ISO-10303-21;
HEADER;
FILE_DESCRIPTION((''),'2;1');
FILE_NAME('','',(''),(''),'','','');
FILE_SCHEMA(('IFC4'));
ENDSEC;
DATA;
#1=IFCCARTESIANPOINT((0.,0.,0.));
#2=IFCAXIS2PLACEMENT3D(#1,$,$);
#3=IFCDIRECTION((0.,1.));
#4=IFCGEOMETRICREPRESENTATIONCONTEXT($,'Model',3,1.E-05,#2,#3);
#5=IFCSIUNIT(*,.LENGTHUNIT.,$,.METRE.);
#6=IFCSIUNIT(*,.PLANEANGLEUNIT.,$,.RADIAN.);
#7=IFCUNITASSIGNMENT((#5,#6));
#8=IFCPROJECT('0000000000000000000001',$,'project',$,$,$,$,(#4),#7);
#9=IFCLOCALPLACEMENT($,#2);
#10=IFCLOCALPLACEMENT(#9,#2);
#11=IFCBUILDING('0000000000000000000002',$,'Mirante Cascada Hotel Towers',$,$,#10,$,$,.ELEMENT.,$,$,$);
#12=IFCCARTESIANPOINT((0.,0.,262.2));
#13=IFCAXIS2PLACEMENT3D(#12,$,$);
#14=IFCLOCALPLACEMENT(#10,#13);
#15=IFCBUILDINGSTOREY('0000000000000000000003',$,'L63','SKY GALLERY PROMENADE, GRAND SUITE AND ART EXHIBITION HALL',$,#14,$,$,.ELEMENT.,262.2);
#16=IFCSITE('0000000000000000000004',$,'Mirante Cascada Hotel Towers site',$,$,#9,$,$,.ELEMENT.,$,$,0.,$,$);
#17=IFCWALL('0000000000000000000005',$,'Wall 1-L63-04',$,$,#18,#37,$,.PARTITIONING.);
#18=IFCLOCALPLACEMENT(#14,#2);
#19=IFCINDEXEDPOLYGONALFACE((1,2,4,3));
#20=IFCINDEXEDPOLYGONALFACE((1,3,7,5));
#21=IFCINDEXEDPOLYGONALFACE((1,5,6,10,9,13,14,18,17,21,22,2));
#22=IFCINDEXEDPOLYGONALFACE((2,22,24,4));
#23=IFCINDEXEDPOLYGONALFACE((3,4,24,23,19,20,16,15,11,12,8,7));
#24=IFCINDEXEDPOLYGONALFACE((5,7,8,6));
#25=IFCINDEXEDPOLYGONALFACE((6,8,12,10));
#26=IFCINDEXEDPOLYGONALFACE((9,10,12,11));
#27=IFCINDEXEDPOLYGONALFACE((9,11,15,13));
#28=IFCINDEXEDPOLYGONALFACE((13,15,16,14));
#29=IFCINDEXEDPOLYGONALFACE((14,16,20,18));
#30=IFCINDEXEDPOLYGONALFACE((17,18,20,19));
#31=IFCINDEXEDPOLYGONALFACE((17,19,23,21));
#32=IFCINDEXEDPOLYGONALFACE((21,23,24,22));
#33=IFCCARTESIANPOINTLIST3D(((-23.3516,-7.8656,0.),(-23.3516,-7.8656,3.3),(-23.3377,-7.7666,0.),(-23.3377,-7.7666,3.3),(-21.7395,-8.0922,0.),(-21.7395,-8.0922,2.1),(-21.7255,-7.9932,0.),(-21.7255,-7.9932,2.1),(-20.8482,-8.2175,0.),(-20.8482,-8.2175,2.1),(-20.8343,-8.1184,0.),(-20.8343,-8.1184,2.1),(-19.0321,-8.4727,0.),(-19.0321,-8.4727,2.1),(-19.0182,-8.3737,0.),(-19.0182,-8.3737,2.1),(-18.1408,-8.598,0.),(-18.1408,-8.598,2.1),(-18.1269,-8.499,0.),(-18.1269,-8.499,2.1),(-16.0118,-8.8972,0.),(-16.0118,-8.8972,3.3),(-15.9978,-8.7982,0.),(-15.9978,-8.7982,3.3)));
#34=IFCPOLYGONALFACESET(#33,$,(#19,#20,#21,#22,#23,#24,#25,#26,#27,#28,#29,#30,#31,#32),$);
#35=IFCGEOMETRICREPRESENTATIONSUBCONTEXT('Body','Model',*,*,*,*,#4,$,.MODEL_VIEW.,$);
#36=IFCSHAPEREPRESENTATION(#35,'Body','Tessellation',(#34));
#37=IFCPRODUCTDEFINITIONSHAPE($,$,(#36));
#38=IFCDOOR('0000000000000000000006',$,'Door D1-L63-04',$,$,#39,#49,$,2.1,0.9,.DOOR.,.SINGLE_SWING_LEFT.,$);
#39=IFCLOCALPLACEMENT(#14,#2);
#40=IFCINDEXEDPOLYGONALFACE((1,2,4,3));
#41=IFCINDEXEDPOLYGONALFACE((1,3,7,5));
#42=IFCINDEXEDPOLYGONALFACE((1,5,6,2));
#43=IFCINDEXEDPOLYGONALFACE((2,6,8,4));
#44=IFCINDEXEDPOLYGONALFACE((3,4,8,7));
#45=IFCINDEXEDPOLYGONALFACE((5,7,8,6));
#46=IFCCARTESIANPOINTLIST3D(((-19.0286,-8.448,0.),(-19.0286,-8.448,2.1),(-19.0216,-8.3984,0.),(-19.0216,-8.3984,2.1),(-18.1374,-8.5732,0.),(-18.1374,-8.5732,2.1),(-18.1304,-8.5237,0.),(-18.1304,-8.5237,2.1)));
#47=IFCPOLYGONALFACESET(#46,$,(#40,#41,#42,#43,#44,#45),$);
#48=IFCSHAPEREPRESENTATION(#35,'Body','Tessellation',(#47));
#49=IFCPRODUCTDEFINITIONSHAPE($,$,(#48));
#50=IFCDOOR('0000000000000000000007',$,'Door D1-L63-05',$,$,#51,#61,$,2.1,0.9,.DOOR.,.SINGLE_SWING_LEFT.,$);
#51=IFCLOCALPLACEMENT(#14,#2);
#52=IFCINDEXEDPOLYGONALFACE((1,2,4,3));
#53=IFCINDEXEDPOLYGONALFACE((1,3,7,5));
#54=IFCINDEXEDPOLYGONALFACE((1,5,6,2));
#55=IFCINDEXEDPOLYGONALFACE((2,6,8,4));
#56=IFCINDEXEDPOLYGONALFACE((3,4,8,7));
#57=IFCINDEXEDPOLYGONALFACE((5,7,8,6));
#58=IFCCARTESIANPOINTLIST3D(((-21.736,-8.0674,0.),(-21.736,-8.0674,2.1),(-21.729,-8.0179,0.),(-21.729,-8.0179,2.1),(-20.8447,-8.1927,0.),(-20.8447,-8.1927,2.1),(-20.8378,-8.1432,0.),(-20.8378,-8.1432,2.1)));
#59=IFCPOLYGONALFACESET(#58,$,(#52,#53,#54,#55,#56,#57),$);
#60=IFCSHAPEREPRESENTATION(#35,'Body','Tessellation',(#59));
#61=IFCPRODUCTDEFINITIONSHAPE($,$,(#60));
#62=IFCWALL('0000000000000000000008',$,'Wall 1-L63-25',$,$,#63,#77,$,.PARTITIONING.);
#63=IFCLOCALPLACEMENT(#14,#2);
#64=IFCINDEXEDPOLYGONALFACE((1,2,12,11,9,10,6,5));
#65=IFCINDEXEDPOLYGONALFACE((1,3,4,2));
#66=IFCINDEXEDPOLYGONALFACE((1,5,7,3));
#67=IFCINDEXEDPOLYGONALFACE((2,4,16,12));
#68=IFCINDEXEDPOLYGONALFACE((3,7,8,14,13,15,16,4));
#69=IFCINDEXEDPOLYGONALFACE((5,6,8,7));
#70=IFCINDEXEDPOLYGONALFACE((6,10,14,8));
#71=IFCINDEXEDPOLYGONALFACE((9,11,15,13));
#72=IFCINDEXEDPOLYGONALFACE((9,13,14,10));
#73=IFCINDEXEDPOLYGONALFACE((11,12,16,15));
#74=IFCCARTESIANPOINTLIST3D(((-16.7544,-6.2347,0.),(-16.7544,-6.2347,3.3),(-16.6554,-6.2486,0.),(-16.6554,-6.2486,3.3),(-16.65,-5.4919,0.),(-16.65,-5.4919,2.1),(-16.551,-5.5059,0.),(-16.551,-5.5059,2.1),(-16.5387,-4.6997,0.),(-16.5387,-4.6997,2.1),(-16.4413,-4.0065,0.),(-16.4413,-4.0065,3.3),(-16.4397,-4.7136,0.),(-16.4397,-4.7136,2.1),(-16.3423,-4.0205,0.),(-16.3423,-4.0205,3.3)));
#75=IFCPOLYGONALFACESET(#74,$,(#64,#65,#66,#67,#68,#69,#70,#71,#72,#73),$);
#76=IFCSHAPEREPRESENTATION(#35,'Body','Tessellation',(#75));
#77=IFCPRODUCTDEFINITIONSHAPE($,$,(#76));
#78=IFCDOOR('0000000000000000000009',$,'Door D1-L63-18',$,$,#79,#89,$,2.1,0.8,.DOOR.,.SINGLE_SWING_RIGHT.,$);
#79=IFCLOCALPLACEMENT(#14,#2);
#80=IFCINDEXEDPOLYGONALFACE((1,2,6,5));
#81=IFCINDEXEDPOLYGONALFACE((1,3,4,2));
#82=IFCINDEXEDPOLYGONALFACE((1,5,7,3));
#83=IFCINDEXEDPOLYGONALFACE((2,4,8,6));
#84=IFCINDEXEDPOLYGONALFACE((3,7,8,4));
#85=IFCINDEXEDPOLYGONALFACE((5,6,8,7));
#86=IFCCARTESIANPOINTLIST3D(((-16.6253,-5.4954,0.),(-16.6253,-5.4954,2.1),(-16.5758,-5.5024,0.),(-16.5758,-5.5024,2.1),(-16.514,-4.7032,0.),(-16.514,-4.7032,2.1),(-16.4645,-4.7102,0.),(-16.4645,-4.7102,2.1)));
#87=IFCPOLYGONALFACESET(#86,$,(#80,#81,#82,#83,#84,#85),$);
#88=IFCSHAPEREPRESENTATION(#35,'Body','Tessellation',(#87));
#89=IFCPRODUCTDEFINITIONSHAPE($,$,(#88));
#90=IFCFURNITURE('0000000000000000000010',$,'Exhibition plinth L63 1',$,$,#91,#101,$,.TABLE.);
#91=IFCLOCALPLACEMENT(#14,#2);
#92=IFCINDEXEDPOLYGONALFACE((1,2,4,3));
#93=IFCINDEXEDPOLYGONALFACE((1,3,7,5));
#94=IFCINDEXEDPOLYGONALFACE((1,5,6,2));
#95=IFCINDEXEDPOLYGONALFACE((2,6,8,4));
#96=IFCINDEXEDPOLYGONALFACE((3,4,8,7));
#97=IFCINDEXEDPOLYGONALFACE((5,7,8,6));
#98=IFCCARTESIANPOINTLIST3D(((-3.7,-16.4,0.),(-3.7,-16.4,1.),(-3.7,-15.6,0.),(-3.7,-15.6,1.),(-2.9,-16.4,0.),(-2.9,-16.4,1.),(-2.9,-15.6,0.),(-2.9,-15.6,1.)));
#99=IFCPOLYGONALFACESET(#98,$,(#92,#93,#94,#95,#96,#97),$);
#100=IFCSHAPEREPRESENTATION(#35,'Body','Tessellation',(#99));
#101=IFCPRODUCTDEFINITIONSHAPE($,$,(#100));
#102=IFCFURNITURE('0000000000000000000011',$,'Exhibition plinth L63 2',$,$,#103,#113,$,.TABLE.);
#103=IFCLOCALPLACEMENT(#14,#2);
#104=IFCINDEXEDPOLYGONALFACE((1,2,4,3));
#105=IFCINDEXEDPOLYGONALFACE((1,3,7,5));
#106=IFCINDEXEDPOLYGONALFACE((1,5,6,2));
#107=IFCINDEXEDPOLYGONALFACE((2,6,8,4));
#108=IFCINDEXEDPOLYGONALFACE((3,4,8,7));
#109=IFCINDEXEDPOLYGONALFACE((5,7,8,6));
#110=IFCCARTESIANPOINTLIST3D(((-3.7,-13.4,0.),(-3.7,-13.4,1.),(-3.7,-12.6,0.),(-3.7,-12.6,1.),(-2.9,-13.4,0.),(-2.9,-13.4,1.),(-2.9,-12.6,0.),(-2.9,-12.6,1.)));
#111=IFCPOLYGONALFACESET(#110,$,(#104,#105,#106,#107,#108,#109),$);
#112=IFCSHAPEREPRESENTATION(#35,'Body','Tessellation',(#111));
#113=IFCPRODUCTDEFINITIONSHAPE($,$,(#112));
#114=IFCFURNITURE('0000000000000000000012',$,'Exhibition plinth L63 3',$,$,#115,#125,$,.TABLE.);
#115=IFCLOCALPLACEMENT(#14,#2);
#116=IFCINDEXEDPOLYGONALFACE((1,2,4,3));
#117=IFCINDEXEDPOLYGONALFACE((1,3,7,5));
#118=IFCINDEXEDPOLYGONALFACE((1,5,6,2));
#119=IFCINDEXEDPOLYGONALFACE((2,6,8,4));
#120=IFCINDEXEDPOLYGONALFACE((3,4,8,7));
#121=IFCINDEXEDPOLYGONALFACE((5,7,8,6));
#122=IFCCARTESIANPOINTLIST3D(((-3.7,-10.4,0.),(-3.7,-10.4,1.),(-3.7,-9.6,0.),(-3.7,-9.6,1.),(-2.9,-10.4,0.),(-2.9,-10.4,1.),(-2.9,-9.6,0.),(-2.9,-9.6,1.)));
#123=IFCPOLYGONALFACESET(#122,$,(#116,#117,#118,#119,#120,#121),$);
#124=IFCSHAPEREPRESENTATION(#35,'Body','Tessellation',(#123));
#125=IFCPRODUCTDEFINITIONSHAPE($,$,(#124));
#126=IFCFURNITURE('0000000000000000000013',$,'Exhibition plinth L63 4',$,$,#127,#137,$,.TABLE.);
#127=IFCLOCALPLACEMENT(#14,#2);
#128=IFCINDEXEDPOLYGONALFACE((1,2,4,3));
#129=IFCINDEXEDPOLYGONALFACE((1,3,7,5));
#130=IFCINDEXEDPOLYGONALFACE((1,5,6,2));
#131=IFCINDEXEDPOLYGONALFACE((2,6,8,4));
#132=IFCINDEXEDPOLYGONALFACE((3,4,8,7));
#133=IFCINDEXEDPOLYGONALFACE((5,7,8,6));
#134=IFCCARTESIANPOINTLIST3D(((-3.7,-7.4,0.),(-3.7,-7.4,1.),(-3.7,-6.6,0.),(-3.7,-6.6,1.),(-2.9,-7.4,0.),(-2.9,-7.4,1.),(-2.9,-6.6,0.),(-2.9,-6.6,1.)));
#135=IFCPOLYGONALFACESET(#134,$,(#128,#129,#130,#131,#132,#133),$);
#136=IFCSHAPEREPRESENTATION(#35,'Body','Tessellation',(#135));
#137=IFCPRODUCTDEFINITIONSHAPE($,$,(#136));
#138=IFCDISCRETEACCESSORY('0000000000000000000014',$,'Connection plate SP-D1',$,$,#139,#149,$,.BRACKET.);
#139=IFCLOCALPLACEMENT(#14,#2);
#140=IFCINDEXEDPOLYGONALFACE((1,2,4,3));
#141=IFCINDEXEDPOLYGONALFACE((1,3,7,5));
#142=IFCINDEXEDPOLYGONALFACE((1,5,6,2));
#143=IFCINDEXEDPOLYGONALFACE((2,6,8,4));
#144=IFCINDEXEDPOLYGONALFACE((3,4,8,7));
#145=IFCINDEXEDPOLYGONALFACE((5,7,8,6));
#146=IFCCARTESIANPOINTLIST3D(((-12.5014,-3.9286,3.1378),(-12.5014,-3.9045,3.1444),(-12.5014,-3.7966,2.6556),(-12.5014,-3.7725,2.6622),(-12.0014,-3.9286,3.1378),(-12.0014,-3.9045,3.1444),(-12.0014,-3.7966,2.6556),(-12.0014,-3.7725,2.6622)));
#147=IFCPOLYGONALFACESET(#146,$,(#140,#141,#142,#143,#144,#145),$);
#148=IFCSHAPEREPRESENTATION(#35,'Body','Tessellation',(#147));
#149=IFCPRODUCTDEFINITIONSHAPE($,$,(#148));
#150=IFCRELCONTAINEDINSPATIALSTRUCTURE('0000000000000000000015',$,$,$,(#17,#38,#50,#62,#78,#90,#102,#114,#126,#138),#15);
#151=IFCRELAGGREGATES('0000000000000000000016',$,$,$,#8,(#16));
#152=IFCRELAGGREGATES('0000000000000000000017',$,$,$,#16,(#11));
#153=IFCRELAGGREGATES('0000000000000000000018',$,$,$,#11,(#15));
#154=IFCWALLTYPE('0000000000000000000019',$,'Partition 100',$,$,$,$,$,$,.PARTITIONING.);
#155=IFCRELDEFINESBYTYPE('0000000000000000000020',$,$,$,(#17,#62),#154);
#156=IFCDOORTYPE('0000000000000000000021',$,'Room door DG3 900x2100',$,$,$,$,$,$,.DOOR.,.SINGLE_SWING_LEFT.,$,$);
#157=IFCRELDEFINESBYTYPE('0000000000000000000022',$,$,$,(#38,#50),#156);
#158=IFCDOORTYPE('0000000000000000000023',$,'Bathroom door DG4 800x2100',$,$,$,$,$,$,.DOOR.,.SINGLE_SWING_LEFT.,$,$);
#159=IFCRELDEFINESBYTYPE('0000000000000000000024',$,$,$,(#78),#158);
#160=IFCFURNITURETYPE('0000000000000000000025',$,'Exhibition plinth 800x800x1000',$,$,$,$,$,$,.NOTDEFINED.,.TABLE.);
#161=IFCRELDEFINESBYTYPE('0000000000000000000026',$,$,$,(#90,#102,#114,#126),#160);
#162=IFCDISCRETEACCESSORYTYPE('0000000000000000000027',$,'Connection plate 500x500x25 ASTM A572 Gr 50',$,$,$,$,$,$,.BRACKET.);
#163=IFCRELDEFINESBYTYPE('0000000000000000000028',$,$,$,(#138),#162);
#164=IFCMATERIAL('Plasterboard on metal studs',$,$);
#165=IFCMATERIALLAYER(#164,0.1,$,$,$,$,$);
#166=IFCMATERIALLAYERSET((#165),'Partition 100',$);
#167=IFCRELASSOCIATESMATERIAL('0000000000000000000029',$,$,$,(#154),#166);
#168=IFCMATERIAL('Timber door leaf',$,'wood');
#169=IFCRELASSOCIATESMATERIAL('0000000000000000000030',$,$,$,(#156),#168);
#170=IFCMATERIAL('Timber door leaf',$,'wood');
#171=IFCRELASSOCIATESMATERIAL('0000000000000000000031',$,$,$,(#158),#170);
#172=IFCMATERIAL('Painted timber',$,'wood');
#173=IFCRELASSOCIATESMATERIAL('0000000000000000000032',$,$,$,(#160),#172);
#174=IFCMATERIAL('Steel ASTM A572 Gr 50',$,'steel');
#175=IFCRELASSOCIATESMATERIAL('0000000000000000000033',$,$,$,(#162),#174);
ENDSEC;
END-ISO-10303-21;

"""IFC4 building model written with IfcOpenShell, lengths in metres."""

from ifc_helpers import new_model, si_unit, direction, frame, frame_2d, origin, origin_2d, place, context, subcontext, project, spatial, rectangle, extrude, material, layer, layer_set, material_profile, profile_set, type_object, element, fill, save


model = new_model("IFC4")

# Units and contexts
model_context = context("Model", 3, precision=1e-05, world=origin(), true_north=direction((0.0, 1.0)))
body_context = subcontext(model_context, "Body", "Model", "MODEL_VIEW")
ifc_project = project(units=[si_unit("LENGTHUNIT", "METRE"), si_unit("PLANEANGLEUNIT", "RADIAN")], contexts=[model_context])

# Site, building, storey
site_placement = place(None, origin())
site = spatial("IfcSite", under=ifc_project, at=site_placement, Name="Mirante Cascada Hotel Towers site", CompositionType="ELEMENT", RefElevation=0.0)
building_placement = place(site_placement, origin())
building = spatial("IfcBuilding", under=site, at=building_placement, Name="Mirante Cascada Hotel Towers", CompositionType="ELEMENT")
storey_placement = place(building_placement, frame((0.0, 0.0, 262.2)))
storey = spatial("IfcBuildingStorey", under=building, at=storey_placement, Name="L63", Description="SKY GALLERY PROMENADE, GRAND SUITE AND ART EXHIBITION HALL", CompositionType="ELEMENT", Elevation=262.2)

# Wall, openings, doors
ifc_material_1 = material(Name="Plasterboard on metal studs")
ifc_layer_1 = layer(ifc_material_1, 0.1)
ifc_layer_set_1 = layer_set([ifc_layer_1], Name="Partition 100")
wall_type_1 = type_object("IfcWallType", Name="Partition 100", PredefinedType="PARTITIONING", material=ifc_layer_set_1)
wall_1_placement = place(storey_placement, frame((-16.0048, -8.8477, 0.0), z_axis=(0.0, 0.0, 1.0), x_axis=(-0.990267, 0.139179, 0.0)))
wall_1 = element("IfcWall", 1, at=wall_1_placement, inside=storey, type_object=wall_type_1, Name="Wall 1-L63-04", PredefinedType="PARTITIONING", context=body_context, shape_type="SweptSolid", body=[
    extrude(rectangle(XDim=7.412, YDim=0.1, at=frame_2d((3.706, 0.0))), origin(), (0.0, 0.0, 1.0), 3.3),
])
opening_1_placement = place(wall_1_placement, frame((2.15, 0.0, 0.0)))
opening_1 = element("IfcOpeningElement", 2, at=opening_1_placement, cuts=wall_1, PredefinedType="OPENING", context=body_context, shape_type="SweptSolid", body=[
    extrude(rectangle(XDim=0.9, YDim=2.1, at=frame_2d((0.45, 1.05))), frame((0.0, 0.05, 0.0), z_axis=(0.0, -1.0, 0.0), x_axis=(1.0, 0.0, 0.0)), (0.0, 0.0, 1.0), 0.1),
])
opening_2_placement = place(wall_1_placement, frame((4.884, 0.0, 0.0)))
opening_2 = element("IfcOpeningElement", 3, at=opening_2_placement, cuts=wall_1, PredefinedType="OPENING", context=body_context, shape_type="SweptSolid", body=[
    extrude(rectangle(XDim=0.9, YDim=2.1, at=frame_2d((0.45, 1.05))), frame((0.0, 0.05, 0.0), z_axis=(0.0, -1.0, 0.0), x_axis=(1.0, 0.0, 0.0)), (0.0, 0.0, 1.0), 0.1),
])
ifc_material_2 = material(Name="Timber door leaf", Category="wood")
door_type_1 = type_object("IfcDoorType", Name="Room door DG3 900x2100", OperationType="SINGLE_SWING_LEFT", PredefinedType="DOOR", material=ifc_material_2)
door_1_placement = place(opening_1_placement, origin())
door_1 = element("IfcDoor", 4, at=door_1_placement, inside=storey, type_object=door_type_1, Name="Door D1-L63-04", OperationType="SINGLE_SWING_LEFT", OverallHeight=2.1, OverallWidth=0.9, PredefinedType="DOOR", context=body_context, shape_type="SweptSolid", body=[
    extrude(rectangle(XDim=0.9, YDim=2.1, at=frame_2d((0.45, 1.05))), frame((0.0, 0.025, 0.0), z_axis=(0.0, -1.0, 0.0), x_axis=(1.0, 0.0, 0.0)), (0.0, 0.0, 1.0), 0.05),
])
fill(opening_1, door_1)
door_2_placement = place(opening_2_placement, origin())
door_2 = element("IfcDoor", 5, at=door_2_placement, inside=storey, type_object=door_type_1, Name="Door D1-L63-05", OperationType="SINGLE_SWING_LEFT", OverallHeight=2.1, OverallWidth=0.9, PredefinedType="DOOR", context=body_context, shape_type="SweptSolid", body=[
    extrude(rectangle(XDim=0.9, YDim=2.1, at=frame_2d((0.45, 1.05))), frame((0.0, 0.025, 0.0), z_axis=(0.0, -1.0, 0.0), x_axis=(1.0, 0.0, 0.0)), (0.0, 0.0, 1.0), 0.05),
])
fill(opening_2, door_2)

# Wall, opening, door
wall_2_placement = place(storey_placement, frame((-16.3918, -4.0135, 0.0), z_axis=(0.0, 0.0, 1.0), x_axis=(-0.139156, -0.990271, 0.0)))
wall_2 = element("IfcWall", 6, at=wall_2_placement, inside=storey, type_object=wall_type_1, Name="Wall 1-L63-25", PredefinedType="PARTITIONING", context=body_context, shape_type="SweptSolid", body=[
    extrude(rectangle(XDim=2.25, YDim=0.1, at=frame_2d((1.125, 0.0))), origin(), (0.0, 0.0, 1.0), 3.3),
])
opening_3_placement = place(wall_2_placement, frame((0.7, 0.0, 0.0)))
opening_3 = element("IfcOpeningElement", 7, at=opening_3_placement, cuts=wall_2, PredefinedType="OPENING", context=body_context, shape_type="SweptSolid", body=[
    extrude(rectangle(XDim=0.8, YDim=2.1, at=frame_2d((0.4, 1.05))), frame((0.0, 0.05, 0.0), z_axis=(0.0, -1.0, 0.0), x_axis=(1.0, 0.0, 0.0)), (0.0, 0.0, 1.0), 0.1),
])
ifc_material_3 = material(Name="Timber door leaf", Category="wood")
door_type_2 = type_object("IfcDoorType", Name="Bathroom door DG4 800x2100", OperationType="SINGLE_SWING_LEFT", PredefinedType="DOOR", material=ifc_material_3)
door_3_placement = place(opening_3_placement, frame((0.8, 0.0, 0.0), z_axis=(0.0, 0.0, 1.0), x_axis=(-1.0, 0.0, 0.0)))
door_3 = element("IfcDoor", 8, at=door_3_placement, inside=storey, type_object=door_type_2, Name="Door D1-L63-18", OperationType="SINGLE_SWING_RIGHT", OverallHeight=2.1, OverallWidth=0.8, PredefinedType="DOOR", context=body_context, shape_type="SweptSolid", body=[
    extrude(rectangle(XDim=0.8, YDim=2.1, at=frame_2d((0.4, 1.05))), frame((0.0, 0.025, 0.0), z_axis=(0.0, -1.0, 0.0), x_axis=(1.0, 0.0, 0.0)), (0.0, 0.0, 1.0), 0.05),
])
fill(opening_3, door_3)

# Furniture
ifc_material_4 = material(Name="Painted timber", Category="wood")
furniture_type = type_object("IfcFurnitureType", Name="Exhibition plinth 800x800x1000", AssemblyPlace="NOTDEFINED", PredefinedType="TABLE", material=ifc_material_4)
for number, where, z_axis, x_axis, name in (
    (9, (-3.3, -16.0, 0.0), (0.0, 0.0, 1.0), (1.0, 0.0, 0.0), "Exhibition plinth L63 1"),
    (10, (-3.3, -13.0, 0.0), (0.0, 0.0, 1.0), (1.0, 0.0, 0.0), "Exhibition plinth L63 2"),
    (11, (-3.3, -10.0, 0.0), (0.0, 0.0, 1.0), (1.0, 0.0, 0.0), "Exhibition plinth L63 3"),
    (12, (-3.3, -7.0, 0.0), (0.0, 0.0, 1.0), (1.0, 0.0, 0.0), "Exhibition plinth L63 4"),
):
    element("IfcFurniture", number, at=place(storey_placement, frame(where, z_axis=z_axis, x_axis=x_axis)), inside=storey, type_object=furniture_type, Name=name, PredefinedType="TABLE", context=body_context, shape_type="SweptSolid", body=[
        extrude(rectangle(XDim=0.8, YDim=0.8, at=origin_2d()), origin(), (0.0, 0.0, 1.0), 1.0),
    ])

# Discrete accessory
ifc_material_5 = material(Name="Steel ASTM A572 Gr 50", Category="steel")
ifc_material_profile_1 = material_profile(ifc_material_5, rectangle(XDim=0.5, YDim=0.5, at=origin_2d()), Name="Connection plate 500x500x25 ASTM A572 Gr 50")
ifc_profile_set_1 = profile_set([ifc_material_profile_1], Name="Steel ASTM A572 Gr 50")
discrete_accessory_type = type_object("IfcDiscreteAccessoryType", Name="Connection plate 500x500x25 ASTM A572 Gr 50", PredefinedType="BRACKET", material=ifc_profile_set_1)
discrete_accessory_placement = place(storey_placement, frame((-12.2514, -3.8626, 2.8967), z_axis=(0.0, 0.964486, 0.264133), x_axis=(-1.0, 0.0, 0.0)))
element("IfcDiscreteAccessory", 13, at=discrete_accessory_placement, inside=storey, type_object=discrete_accessory_type, Name="Connection plate SP-D1", PredefinedType="BRACKET", context=body_context, shape_type="SweptSolid", body=[
    extrude(rectangle(XDim=0.5, YDim=0.5, at=origin_2d()), origin(), (0.0, 0.0, 1.0), 0.025),
])

save(model, "model.ifc")
